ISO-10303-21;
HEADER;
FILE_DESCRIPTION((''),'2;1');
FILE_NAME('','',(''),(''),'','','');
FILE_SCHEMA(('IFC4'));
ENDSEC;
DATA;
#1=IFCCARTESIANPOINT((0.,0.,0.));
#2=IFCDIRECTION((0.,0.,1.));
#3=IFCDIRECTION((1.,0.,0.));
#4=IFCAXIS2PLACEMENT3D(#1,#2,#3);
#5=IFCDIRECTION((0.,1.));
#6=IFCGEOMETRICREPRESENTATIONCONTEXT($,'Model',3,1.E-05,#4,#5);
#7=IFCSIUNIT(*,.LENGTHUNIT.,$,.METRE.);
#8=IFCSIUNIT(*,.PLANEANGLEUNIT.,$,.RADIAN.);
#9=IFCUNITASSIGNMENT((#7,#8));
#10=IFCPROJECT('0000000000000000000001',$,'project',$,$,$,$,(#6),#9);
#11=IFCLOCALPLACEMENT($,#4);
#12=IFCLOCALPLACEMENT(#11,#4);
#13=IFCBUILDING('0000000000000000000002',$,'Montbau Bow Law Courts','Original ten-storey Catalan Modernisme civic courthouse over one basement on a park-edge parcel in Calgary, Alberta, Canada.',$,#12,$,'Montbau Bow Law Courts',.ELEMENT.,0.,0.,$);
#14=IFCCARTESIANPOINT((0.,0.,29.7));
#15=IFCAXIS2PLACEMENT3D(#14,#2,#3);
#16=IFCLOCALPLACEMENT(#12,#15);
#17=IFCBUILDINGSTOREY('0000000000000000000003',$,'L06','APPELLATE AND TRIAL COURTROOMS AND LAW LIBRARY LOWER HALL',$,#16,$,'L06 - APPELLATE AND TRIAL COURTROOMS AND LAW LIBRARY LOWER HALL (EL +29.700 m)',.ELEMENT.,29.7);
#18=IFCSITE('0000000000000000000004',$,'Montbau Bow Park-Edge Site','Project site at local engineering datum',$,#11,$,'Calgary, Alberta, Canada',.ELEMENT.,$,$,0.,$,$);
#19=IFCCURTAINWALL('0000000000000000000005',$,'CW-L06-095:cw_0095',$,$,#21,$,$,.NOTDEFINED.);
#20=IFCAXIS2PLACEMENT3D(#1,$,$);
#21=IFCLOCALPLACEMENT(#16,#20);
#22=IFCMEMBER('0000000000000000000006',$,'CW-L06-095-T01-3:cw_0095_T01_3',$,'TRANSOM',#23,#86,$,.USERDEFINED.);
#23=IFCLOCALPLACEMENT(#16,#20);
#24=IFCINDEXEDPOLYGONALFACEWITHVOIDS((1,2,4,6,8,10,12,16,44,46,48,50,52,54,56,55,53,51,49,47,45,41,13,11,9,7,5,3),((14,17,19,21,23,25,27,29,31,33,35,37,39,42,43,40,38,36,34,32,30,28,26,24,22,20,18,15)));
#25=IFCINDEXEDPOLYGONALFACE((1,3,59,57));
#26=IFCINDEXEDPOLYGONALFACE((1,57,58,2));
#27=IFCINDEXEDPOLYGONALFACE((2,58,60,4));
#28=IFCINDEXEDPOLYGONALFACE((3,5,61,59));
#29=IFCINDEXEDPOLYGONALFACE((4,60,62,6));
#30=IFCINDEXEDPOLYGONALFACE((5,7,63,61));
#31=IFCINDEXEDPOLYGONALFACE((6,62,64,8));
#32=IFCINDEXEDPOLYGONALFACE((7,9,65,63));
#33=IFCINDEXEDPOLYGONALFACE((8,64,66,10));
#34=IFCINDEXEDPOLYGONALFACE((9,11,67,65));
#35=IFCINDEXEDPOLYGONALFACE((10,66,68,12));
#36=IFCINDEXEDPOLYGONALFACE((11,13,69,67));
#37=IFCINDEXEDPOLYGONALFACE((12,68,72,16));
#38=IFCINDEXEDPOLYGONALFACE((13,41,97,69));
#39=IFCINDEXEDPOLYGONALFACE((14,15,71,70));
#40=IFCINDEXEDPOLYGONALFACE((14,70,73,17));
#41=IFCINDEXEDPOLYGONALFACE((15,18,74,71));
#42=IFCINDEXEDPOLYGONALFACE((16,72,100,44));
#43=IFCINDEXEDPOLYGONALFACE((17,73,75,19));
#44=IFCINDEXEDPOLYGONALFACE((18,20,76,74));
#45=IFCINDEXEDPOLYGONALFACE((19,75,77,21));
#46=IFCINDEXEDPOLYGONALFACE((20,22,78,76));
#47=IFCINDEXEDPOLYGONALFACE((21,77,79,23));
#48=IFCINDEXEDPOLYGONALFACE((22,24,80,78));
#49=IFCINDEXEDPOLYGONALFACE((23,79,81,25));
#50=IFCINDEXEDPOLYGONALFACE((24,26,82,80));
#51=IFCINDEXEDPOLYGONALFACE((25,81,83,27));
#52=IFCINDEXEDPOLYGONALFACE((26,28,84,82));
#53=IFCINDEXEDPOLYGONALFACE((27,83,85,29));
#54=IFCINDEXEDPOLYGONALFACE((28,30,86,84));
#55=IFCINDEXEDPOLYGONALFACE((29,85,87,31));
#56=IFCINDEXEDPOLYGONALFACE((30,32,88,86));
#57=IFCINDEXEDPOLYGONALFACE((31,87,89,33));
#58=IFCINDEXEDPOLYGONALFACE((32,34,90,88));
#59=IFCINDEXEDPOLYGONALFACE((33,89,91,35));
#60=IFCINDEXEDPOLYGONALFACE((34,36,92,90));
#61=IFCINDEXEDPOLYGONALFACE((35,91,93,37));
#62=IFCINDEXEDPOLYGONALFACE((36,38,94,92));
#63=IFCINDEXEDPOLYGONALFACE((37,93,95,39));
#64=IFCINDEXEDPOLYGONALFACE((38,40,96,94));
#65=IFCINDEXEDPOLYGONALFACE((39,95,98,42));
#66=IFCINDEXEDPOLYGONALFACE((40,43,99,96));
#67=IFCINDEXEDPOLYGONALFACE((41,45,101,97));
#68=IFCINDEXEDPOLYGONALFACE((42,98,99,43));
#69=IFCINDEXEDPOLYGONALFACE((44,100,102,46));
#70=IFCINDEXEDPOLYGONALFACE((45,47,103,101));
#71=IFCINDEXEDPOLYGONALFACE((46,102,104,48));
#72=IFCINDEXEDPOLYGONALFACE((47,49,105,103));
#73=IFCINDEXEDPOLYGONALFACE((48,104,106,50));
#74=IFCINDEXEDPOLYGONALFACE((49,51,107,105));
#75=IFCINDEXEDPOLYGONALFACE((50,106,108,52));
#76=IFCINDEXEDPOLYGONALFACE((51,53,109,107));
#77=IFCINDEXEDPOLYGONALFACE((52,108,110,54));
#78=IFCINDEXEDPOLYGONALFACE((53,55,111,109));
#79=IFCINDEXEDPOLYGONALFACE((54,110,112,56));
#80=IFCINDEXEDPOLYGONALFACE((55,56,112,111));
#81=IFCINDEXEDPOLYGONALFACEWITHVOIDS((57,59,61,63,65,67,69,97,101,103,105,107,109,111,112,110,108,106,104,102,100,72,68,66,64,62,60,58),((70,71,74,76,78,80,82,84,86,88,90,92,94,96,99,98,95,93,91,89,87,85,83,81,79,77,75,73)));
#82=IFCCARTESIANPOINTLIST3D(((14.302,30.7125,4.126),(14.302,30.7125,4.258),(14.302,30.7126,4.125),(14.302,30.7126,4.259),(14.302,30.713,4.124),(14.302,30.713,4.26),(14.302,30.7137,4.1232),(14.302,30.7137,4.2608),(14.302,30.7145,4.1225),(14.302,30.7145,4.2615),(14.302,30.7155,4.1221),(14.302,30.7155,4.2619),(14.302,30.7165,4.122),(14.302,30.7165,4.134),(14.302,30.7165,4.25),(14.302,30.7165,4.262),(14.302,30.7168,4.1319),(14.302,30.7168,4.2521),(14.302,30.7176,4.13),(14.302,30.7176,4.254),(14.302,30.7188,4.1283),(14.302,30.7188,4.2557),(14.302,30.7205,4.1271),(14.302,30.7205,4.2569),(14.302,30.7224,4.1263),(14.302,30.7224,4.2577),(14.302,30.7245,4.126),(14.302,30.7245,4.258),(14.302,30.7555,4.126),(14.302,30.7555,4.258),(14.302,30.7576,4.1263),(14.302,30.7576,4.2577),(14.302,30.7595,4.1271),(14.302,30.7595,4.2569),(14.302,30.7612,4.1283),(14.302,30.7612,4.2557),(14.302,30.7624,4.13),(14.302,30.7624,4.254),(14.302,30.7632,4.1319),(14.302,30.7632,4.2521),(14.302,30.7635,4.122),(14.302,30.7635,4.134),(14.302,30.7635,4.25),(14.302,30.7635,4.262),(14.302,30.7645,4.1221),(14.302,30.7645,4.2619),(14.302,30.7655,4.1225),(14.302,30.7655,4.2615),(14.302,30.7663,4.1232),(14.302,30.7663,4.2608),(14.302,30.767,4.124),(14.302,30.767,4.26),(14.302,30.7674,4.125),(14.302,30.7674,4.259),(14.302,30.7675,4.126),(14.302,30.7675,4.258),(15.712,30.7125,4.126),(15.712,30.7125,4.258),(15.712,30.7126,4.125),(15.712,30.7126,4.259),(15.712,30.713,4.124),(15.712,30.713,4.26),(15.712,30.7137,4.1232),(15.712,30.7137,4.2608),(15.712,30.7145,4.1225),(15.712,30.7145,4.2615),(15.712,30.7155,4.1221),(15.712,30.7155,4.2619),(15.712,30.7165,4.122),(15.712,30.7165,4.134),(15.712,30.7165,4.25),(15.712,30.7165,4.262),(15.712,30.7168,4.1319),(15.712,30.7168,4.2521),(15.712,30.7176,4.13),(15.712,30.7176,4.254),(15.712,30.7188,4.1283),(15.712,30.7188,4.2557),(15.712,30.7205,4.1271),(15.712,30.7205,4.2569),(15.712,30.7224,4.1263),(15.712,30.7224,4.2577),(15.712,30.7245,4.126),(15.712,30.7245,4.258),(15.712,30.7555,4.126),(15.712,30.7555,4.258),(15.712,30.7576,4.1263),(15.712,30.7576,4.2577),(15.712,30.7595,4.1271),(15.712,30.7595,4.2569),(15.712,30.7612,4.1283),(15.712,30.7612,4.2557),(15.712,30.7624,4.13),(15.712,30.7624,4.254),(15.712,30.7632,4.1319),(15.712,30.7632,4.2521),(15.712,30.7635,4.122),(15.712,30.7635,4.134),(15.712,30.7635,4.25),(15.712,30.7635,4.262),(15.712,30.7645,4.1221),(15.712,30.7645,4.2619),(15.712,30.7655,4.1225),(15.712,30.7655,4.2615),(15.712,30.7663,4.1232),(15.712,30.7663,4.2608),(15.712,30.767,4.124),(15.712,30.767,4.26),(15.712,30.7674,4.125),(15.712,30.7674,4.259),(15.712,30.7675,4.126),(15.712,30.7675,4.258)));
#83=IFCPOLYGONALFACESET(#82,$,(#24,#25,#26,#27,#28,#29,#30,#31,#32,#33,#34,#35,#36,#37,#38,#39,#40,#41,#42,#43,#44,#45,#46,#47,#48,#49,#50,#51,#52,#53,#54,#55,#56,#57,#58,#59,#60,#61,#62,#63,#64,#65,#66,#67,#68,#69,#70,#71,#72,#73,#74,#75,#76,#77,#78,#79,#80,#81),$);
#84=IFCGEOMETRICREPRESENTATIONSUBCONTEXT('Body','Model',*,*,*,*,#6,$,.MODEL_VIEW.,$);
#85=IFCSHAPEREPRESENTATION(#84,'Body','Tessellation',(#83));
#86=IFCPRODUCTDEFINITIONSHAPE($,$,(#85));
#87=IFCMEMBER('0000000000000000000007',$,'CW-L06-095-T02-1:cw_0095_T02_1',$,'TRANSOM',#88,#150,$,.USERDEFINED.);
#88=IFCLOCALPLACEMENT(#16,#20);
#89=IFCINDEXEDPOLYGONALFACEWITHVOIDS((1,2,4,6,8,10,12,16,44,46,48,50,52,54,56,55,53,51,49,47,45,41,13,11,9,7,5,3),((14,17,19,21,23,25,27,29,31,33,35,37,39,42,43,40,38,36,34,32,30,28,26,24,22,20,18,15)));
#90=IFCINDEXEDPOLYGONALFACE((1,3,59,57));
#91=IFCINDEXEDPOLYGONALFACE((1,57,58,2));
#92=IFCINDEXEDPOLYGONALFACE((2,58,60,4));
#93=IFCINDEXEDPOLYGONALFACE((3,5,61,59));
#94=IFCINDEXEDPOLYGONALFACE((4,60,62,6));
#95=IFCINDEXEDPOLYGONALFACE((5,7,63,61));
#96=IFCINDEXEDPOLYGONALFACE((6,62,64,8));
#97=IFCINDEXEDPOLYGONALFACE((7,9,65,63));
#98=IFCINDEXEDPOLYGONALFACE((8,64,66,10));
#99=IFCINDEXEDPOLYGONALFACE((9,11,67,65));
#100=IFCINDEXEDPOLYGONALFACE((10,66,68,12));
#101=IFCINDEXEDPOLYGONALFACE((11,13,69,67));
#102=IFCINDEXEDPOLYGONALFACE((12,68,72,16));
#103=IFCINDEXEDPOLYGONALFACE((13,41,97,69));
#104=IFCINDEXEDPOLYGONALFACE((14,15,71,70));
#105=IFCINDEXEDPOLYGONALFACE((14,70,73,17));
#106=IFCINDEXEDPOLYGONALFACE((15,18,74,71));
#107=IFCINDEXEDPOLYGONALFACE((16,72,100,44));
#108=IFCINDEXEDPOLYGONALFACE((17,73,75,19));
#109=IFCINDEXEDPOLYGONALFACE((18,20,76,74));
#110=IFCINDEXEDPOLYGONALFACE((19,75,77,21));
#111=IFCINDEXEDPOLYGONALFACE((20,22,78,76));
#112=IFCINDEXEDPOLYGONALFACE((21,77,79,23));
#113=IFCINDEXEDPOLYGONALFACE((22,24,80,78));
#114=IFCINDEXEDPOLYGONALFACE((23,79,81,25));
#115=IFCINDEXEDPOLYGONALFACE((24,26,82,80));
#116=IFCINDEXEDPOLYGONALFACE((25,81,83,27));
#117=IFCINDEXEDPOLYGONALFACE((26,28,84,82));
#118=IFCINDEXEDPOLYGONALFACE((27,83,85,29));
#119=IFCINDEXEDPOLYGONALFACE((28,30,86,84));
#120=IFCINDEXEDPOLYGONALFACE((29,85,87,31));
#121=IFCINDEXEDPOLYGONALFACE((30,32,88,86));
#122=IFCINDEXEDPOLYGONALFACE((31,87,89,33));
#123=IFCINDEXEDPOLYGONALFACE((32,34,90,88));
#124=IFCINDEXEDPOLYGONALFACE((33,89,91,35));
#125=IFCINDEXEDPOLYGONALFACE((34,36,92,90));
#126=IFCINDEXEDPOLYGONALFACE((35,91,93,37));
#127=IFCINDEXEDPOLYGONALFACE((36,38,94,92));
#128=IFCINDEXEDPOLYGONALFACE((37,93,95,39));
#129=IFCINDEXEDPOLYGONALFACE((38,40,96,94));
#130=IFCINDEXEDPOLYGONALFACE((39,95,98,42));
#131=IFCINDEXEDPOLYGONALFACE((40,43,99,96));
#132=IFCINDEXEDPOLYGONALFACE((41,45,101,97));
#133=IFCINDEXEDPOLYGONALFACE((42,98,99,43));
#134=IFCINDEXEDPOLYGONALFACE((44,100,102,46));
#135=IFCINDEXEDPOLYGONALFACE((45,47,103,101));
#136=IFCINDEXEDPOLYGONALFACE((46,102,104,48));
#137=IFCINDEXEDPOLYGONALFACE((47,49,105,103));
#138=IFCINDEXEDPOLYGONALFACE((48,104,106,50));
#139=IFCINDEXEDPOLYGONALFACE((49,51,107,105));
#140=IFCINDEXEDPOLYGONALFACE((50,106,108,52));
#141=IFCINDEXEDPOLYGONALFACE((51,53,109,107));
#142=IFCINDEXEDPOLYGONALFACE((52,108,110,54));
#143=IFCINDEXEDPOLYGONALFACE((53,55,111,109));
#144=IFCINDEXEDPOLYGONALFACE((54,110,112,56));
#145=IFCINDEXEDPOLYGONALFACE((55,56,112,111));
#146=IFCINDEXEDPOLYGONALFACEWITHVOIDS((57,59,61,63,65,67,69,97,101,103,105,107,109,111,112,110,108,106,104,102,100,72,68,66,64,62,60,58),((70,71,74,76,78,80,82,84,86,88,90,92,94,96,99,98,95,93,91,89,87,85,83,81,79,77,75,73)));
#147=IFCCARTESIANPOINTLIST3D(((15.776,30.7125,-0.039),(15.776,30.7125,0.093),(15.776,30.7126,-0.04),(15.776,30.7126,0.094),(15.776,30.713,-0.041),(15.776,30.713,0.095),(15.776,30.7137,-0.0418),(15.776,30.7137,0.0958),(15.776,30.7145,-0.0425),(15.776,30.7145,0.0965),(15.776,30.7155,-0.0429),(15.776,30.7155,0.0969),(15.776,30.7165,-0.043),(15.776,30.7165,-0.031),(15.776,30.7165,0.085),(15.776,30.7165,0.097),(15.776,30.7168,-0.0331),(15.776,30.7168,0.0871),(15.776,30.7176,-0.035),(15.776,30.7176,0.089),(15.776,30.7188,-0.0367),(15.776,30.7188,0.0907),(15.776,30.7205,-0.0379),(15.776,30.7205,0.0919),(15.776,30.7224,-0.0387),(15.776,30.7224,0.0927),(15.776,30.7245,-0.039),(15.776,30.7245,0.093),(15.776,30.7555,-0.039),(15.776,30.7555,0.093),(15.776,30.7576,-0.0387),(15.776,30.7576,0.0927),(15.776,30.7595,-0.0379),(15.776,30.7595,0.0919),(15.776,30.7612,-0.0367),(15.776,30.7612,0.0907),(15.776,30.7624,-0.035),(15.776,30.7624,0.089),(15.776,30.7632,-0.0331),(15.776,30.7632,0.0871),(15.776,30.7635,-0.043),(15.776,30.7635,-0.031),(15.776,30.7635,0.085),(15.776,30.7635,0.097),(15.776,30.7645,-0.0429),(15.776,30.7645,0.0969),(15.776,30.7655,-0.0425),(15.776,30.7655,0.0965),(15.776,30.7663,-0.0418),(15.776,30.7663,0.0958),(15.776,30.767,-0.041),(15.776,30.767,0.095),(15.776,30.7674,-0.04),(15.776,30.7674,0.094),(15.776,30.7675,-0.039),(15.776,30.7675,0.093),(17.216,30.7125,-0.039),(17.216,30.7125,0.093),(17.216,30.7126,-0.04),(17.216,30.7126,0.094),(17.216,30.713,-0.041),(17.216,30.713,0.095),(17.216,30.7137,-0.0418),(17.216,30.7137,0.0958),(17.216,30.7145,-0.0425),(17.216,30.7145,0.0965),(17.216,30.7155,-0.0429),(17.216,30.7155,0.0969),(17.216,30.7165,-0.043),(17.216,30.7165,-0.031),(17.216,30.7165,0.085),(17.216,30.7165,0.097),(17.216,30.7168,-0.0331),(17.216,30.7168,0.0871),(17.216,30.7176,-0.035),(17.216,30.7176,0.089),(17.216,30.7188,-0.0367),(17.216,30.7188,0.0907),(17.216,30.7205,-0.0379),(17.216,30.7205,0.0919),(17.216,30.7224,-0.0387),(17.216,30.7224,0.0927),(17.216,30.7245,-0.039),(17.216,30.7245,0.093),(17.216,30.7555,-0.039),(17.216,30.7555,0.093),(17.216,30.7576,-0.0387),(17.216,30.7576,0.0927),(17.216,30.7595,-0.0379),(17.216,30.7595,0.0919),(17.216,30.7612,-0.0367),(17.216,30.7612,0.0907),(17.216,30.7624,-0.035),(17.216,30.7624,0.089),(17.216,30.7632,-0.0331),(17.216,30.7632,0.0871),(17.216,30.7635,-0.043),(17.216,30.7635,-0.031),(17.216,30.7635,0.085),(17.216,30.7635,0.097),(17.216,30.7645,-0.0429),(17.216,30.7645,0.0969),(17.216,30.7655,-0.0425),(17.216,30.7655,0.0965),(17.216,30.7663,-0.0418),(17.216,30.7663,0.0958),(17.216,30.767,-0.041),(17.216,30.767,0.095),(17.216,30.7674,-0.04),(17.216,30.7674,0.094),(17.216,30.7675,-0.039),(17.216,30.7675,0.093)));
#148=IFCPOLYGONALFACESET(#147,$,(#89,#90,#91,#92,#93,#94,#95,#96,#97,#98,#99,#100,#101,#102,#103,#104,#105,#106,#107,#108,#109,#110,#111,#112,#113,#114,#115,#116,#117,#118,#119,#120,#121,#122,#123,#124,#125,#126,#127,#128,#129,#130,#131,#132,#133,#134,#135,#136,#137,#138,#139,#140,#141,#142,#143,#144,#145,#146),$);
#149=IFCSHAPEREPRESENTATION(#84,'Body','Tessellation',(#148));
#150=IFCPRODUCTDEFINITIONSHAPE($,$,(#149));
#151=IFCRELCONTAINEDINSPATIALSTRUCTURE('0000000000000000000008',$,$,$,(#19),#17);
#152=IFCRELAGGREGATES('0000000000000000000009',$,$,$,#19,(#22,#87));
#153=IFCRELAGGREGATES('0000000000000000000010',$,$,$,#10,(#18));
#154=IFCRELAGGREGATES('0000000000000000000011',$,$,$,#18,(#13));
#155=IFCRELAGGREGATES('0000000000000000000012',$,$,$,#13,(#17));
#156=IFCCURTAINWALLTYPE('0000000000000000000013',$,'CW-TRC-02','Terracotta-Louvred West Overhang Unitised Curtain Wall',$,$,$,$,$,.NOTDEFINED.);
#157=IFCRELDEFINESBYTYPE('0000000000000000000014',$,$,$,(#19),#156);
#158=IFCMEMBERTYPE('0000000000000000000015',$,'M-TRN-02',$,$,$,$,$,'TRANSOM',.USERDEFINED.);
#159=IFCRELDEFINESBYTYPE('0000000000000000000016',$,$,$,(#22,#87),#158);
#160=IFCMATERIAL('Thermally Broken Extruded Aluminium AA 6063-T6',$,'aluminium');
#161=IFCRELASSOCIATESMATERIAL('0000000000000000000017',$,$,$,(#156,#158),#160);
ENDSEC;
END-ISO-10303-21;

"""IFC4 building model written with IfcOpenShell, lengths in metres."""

from ifc_helpers import new_model, si_unit, direction, frame, origin_with_axes, origin_2d_with_axis, place, context, subcontext, project, spatial, hollow_rectangle, extrude, material, material_profile, profile_set, type_object, element, aggregate, save


model = new_model("IFC4")

# Units and contexts
model_context = context("Model", 3, precision=1e-05, world=origin_with_axes(), true_north=direction((0.0, 1.0)))
body_context = subcontext(model_context, "Body", "Model", "MODEL_VIEW")
ifc_project = project(units=[si_unit("LENGTHUNIT", "METRE"), si_unit("PLANEANGLEUNIT", "RADIAN")], contexts=[model_context])

# Site, building, storey
site_placement = place(None, origin_with_axes())
site = spatial("IfcSite", under=ifc_project, at=site_placement, Name="Montbau Bow Park-Edge Site", Description="Project site at local engineering datum", LongName="Calgary, Alberta, Canada", CompositionType="ELEMENT", RefElevation=0.0)
building_placement = place(site_placement, origin_with_axes())
building = spatial("IfcBuilding", under=site, at=building_placement, Name="Montbau Bow Law Courts", Description="Original ten-storey Catalan Modernisme civic courthouse over one basement on a park-edge parcel in Calgary, Alberta, Canada.", LongName="Montbau Bow Law Courts", CompositionType="ELEMENT", ElevationOfRefHeight=0.0, ElevationOfTerrain=0.0)
storey_placement = place(building_placement, frame((0.0, 0.0, 29.7), z_axis=(0.0, 0.0, 1.0), x_axis=(1.0, 0.0, 0.0)))
storey = spatial("IfcBuildingStorey", under=building, at=storey_placement, Name="L06", Description="APPELLATE AND TRIAL COURTROOMS AND LAW LIBRARY LOWER HALL", LongName="L06 - APPELLATE AND TRIAL COURTROOMS AND LAW LIBRARY LOWER HALL (EL +29.700 m)", CompositionType="ELEMENT", Elevation=29.7)

# Curtain wall, members
ifc_material_1 = material(Name="Thermally Broken Extruded Aluminium AA 6063-T6", Category="aluminium")
curtain_wall_type = type_object("IfcCurtainWallType", Name="CW-TRC-02", Description="Terracotta-Louvred West Overhang Unitised Curtain Wall", PredefinedType="NOTDEFINED", material=ifc_material_1)
curtain_wall_placement = place(None, frame((14.24, 30.74, 29.7), z_axis=(0.0, 0.0, 1.0), x_axis=(1.0, 0.0, 0.0)))
curtain_wall = element("IfcCurtainWall", 1, at=curtain_wall_placement, inside=storey, type_object=curtain_wall_type, Name="CW-L06-095:cw_0095", PredefinedType="NOTDEFINED")
ifc_material_profile_1 = material_profile(ifc_material_1, hollow_rectangle(XDim=0.055, YDim=0.14, WallThickness=0.004, InnerFilletRadius=0.008, OuterFilletRadius=0.004, at=origin_2d_with_axis()), Name="CWT-140X55", Category="Main", Priority=0)
ifc_profile_set_1 = profile_set([ifc_material_profile_1], Name="Thermally Broken Extruded Aluminium AA 6063-T6")
member_type_1 = type_object("IfcMemberType", Name="M-TRN-02", ElementType="TRANSOM", PredefinedType="USERDEFINED", material=ifc_profile_set_1)
member_1_placement = place(None, frame((14.302, 30.74, 33.892), z_axis=(1.0, 0.0, 0.0), x_axis=(0.0, 1.0, 0.0)))
member_1 = element("IfcMember", 2, at=member_1_placement, type_object=member_type_1, Name="CW-L06-095-T01-3:cw_0095_T01_3", ObjectType="TRANSOM", PredefinedType="USERDEFINED", context=body_context, shape_type="SweptSolid", body=[
    extrude(hollow_rectangle(XDim=0.055, YDim=0.14, WallThickness=0.004, InnerFilletRadius=0.008, OuterFilletRadius=0.004, at=origin_2d_with_axis()), origin_with_axes(), (0.0, 0.0, 1.0), 1.41),
])
member_2_placement = place(None, frame((15.776, 30.74, 29.727), z_axis=(1.0, 0.0, 0.0), x_axis=(0.0, 1.0, 0.0)))
member_2 = element("IfcMember", 3, at=member_2_placement, type_object=member_type_1, Name="CW-L06-095-T02-1:cw_0095_T02_1", ObjectType="TRANSOM", PredefinedType="USERDEFINED", context=body_context, shape_type="SweptSolid", body=[
    extrude(hollow_rectangle(XDim=0.055, YDim=0.14, WallThickness=0.004, InnerFilletRadius=0.008, OuterFilletRadius=0.004, at=origin_2d_with_axis()), origin_with_axes(), (0.0, 0.0, 1.0), 1.44),
])
aggregate(curtain_wall, [member_1, member_2])

save(model, "model.ifc")
